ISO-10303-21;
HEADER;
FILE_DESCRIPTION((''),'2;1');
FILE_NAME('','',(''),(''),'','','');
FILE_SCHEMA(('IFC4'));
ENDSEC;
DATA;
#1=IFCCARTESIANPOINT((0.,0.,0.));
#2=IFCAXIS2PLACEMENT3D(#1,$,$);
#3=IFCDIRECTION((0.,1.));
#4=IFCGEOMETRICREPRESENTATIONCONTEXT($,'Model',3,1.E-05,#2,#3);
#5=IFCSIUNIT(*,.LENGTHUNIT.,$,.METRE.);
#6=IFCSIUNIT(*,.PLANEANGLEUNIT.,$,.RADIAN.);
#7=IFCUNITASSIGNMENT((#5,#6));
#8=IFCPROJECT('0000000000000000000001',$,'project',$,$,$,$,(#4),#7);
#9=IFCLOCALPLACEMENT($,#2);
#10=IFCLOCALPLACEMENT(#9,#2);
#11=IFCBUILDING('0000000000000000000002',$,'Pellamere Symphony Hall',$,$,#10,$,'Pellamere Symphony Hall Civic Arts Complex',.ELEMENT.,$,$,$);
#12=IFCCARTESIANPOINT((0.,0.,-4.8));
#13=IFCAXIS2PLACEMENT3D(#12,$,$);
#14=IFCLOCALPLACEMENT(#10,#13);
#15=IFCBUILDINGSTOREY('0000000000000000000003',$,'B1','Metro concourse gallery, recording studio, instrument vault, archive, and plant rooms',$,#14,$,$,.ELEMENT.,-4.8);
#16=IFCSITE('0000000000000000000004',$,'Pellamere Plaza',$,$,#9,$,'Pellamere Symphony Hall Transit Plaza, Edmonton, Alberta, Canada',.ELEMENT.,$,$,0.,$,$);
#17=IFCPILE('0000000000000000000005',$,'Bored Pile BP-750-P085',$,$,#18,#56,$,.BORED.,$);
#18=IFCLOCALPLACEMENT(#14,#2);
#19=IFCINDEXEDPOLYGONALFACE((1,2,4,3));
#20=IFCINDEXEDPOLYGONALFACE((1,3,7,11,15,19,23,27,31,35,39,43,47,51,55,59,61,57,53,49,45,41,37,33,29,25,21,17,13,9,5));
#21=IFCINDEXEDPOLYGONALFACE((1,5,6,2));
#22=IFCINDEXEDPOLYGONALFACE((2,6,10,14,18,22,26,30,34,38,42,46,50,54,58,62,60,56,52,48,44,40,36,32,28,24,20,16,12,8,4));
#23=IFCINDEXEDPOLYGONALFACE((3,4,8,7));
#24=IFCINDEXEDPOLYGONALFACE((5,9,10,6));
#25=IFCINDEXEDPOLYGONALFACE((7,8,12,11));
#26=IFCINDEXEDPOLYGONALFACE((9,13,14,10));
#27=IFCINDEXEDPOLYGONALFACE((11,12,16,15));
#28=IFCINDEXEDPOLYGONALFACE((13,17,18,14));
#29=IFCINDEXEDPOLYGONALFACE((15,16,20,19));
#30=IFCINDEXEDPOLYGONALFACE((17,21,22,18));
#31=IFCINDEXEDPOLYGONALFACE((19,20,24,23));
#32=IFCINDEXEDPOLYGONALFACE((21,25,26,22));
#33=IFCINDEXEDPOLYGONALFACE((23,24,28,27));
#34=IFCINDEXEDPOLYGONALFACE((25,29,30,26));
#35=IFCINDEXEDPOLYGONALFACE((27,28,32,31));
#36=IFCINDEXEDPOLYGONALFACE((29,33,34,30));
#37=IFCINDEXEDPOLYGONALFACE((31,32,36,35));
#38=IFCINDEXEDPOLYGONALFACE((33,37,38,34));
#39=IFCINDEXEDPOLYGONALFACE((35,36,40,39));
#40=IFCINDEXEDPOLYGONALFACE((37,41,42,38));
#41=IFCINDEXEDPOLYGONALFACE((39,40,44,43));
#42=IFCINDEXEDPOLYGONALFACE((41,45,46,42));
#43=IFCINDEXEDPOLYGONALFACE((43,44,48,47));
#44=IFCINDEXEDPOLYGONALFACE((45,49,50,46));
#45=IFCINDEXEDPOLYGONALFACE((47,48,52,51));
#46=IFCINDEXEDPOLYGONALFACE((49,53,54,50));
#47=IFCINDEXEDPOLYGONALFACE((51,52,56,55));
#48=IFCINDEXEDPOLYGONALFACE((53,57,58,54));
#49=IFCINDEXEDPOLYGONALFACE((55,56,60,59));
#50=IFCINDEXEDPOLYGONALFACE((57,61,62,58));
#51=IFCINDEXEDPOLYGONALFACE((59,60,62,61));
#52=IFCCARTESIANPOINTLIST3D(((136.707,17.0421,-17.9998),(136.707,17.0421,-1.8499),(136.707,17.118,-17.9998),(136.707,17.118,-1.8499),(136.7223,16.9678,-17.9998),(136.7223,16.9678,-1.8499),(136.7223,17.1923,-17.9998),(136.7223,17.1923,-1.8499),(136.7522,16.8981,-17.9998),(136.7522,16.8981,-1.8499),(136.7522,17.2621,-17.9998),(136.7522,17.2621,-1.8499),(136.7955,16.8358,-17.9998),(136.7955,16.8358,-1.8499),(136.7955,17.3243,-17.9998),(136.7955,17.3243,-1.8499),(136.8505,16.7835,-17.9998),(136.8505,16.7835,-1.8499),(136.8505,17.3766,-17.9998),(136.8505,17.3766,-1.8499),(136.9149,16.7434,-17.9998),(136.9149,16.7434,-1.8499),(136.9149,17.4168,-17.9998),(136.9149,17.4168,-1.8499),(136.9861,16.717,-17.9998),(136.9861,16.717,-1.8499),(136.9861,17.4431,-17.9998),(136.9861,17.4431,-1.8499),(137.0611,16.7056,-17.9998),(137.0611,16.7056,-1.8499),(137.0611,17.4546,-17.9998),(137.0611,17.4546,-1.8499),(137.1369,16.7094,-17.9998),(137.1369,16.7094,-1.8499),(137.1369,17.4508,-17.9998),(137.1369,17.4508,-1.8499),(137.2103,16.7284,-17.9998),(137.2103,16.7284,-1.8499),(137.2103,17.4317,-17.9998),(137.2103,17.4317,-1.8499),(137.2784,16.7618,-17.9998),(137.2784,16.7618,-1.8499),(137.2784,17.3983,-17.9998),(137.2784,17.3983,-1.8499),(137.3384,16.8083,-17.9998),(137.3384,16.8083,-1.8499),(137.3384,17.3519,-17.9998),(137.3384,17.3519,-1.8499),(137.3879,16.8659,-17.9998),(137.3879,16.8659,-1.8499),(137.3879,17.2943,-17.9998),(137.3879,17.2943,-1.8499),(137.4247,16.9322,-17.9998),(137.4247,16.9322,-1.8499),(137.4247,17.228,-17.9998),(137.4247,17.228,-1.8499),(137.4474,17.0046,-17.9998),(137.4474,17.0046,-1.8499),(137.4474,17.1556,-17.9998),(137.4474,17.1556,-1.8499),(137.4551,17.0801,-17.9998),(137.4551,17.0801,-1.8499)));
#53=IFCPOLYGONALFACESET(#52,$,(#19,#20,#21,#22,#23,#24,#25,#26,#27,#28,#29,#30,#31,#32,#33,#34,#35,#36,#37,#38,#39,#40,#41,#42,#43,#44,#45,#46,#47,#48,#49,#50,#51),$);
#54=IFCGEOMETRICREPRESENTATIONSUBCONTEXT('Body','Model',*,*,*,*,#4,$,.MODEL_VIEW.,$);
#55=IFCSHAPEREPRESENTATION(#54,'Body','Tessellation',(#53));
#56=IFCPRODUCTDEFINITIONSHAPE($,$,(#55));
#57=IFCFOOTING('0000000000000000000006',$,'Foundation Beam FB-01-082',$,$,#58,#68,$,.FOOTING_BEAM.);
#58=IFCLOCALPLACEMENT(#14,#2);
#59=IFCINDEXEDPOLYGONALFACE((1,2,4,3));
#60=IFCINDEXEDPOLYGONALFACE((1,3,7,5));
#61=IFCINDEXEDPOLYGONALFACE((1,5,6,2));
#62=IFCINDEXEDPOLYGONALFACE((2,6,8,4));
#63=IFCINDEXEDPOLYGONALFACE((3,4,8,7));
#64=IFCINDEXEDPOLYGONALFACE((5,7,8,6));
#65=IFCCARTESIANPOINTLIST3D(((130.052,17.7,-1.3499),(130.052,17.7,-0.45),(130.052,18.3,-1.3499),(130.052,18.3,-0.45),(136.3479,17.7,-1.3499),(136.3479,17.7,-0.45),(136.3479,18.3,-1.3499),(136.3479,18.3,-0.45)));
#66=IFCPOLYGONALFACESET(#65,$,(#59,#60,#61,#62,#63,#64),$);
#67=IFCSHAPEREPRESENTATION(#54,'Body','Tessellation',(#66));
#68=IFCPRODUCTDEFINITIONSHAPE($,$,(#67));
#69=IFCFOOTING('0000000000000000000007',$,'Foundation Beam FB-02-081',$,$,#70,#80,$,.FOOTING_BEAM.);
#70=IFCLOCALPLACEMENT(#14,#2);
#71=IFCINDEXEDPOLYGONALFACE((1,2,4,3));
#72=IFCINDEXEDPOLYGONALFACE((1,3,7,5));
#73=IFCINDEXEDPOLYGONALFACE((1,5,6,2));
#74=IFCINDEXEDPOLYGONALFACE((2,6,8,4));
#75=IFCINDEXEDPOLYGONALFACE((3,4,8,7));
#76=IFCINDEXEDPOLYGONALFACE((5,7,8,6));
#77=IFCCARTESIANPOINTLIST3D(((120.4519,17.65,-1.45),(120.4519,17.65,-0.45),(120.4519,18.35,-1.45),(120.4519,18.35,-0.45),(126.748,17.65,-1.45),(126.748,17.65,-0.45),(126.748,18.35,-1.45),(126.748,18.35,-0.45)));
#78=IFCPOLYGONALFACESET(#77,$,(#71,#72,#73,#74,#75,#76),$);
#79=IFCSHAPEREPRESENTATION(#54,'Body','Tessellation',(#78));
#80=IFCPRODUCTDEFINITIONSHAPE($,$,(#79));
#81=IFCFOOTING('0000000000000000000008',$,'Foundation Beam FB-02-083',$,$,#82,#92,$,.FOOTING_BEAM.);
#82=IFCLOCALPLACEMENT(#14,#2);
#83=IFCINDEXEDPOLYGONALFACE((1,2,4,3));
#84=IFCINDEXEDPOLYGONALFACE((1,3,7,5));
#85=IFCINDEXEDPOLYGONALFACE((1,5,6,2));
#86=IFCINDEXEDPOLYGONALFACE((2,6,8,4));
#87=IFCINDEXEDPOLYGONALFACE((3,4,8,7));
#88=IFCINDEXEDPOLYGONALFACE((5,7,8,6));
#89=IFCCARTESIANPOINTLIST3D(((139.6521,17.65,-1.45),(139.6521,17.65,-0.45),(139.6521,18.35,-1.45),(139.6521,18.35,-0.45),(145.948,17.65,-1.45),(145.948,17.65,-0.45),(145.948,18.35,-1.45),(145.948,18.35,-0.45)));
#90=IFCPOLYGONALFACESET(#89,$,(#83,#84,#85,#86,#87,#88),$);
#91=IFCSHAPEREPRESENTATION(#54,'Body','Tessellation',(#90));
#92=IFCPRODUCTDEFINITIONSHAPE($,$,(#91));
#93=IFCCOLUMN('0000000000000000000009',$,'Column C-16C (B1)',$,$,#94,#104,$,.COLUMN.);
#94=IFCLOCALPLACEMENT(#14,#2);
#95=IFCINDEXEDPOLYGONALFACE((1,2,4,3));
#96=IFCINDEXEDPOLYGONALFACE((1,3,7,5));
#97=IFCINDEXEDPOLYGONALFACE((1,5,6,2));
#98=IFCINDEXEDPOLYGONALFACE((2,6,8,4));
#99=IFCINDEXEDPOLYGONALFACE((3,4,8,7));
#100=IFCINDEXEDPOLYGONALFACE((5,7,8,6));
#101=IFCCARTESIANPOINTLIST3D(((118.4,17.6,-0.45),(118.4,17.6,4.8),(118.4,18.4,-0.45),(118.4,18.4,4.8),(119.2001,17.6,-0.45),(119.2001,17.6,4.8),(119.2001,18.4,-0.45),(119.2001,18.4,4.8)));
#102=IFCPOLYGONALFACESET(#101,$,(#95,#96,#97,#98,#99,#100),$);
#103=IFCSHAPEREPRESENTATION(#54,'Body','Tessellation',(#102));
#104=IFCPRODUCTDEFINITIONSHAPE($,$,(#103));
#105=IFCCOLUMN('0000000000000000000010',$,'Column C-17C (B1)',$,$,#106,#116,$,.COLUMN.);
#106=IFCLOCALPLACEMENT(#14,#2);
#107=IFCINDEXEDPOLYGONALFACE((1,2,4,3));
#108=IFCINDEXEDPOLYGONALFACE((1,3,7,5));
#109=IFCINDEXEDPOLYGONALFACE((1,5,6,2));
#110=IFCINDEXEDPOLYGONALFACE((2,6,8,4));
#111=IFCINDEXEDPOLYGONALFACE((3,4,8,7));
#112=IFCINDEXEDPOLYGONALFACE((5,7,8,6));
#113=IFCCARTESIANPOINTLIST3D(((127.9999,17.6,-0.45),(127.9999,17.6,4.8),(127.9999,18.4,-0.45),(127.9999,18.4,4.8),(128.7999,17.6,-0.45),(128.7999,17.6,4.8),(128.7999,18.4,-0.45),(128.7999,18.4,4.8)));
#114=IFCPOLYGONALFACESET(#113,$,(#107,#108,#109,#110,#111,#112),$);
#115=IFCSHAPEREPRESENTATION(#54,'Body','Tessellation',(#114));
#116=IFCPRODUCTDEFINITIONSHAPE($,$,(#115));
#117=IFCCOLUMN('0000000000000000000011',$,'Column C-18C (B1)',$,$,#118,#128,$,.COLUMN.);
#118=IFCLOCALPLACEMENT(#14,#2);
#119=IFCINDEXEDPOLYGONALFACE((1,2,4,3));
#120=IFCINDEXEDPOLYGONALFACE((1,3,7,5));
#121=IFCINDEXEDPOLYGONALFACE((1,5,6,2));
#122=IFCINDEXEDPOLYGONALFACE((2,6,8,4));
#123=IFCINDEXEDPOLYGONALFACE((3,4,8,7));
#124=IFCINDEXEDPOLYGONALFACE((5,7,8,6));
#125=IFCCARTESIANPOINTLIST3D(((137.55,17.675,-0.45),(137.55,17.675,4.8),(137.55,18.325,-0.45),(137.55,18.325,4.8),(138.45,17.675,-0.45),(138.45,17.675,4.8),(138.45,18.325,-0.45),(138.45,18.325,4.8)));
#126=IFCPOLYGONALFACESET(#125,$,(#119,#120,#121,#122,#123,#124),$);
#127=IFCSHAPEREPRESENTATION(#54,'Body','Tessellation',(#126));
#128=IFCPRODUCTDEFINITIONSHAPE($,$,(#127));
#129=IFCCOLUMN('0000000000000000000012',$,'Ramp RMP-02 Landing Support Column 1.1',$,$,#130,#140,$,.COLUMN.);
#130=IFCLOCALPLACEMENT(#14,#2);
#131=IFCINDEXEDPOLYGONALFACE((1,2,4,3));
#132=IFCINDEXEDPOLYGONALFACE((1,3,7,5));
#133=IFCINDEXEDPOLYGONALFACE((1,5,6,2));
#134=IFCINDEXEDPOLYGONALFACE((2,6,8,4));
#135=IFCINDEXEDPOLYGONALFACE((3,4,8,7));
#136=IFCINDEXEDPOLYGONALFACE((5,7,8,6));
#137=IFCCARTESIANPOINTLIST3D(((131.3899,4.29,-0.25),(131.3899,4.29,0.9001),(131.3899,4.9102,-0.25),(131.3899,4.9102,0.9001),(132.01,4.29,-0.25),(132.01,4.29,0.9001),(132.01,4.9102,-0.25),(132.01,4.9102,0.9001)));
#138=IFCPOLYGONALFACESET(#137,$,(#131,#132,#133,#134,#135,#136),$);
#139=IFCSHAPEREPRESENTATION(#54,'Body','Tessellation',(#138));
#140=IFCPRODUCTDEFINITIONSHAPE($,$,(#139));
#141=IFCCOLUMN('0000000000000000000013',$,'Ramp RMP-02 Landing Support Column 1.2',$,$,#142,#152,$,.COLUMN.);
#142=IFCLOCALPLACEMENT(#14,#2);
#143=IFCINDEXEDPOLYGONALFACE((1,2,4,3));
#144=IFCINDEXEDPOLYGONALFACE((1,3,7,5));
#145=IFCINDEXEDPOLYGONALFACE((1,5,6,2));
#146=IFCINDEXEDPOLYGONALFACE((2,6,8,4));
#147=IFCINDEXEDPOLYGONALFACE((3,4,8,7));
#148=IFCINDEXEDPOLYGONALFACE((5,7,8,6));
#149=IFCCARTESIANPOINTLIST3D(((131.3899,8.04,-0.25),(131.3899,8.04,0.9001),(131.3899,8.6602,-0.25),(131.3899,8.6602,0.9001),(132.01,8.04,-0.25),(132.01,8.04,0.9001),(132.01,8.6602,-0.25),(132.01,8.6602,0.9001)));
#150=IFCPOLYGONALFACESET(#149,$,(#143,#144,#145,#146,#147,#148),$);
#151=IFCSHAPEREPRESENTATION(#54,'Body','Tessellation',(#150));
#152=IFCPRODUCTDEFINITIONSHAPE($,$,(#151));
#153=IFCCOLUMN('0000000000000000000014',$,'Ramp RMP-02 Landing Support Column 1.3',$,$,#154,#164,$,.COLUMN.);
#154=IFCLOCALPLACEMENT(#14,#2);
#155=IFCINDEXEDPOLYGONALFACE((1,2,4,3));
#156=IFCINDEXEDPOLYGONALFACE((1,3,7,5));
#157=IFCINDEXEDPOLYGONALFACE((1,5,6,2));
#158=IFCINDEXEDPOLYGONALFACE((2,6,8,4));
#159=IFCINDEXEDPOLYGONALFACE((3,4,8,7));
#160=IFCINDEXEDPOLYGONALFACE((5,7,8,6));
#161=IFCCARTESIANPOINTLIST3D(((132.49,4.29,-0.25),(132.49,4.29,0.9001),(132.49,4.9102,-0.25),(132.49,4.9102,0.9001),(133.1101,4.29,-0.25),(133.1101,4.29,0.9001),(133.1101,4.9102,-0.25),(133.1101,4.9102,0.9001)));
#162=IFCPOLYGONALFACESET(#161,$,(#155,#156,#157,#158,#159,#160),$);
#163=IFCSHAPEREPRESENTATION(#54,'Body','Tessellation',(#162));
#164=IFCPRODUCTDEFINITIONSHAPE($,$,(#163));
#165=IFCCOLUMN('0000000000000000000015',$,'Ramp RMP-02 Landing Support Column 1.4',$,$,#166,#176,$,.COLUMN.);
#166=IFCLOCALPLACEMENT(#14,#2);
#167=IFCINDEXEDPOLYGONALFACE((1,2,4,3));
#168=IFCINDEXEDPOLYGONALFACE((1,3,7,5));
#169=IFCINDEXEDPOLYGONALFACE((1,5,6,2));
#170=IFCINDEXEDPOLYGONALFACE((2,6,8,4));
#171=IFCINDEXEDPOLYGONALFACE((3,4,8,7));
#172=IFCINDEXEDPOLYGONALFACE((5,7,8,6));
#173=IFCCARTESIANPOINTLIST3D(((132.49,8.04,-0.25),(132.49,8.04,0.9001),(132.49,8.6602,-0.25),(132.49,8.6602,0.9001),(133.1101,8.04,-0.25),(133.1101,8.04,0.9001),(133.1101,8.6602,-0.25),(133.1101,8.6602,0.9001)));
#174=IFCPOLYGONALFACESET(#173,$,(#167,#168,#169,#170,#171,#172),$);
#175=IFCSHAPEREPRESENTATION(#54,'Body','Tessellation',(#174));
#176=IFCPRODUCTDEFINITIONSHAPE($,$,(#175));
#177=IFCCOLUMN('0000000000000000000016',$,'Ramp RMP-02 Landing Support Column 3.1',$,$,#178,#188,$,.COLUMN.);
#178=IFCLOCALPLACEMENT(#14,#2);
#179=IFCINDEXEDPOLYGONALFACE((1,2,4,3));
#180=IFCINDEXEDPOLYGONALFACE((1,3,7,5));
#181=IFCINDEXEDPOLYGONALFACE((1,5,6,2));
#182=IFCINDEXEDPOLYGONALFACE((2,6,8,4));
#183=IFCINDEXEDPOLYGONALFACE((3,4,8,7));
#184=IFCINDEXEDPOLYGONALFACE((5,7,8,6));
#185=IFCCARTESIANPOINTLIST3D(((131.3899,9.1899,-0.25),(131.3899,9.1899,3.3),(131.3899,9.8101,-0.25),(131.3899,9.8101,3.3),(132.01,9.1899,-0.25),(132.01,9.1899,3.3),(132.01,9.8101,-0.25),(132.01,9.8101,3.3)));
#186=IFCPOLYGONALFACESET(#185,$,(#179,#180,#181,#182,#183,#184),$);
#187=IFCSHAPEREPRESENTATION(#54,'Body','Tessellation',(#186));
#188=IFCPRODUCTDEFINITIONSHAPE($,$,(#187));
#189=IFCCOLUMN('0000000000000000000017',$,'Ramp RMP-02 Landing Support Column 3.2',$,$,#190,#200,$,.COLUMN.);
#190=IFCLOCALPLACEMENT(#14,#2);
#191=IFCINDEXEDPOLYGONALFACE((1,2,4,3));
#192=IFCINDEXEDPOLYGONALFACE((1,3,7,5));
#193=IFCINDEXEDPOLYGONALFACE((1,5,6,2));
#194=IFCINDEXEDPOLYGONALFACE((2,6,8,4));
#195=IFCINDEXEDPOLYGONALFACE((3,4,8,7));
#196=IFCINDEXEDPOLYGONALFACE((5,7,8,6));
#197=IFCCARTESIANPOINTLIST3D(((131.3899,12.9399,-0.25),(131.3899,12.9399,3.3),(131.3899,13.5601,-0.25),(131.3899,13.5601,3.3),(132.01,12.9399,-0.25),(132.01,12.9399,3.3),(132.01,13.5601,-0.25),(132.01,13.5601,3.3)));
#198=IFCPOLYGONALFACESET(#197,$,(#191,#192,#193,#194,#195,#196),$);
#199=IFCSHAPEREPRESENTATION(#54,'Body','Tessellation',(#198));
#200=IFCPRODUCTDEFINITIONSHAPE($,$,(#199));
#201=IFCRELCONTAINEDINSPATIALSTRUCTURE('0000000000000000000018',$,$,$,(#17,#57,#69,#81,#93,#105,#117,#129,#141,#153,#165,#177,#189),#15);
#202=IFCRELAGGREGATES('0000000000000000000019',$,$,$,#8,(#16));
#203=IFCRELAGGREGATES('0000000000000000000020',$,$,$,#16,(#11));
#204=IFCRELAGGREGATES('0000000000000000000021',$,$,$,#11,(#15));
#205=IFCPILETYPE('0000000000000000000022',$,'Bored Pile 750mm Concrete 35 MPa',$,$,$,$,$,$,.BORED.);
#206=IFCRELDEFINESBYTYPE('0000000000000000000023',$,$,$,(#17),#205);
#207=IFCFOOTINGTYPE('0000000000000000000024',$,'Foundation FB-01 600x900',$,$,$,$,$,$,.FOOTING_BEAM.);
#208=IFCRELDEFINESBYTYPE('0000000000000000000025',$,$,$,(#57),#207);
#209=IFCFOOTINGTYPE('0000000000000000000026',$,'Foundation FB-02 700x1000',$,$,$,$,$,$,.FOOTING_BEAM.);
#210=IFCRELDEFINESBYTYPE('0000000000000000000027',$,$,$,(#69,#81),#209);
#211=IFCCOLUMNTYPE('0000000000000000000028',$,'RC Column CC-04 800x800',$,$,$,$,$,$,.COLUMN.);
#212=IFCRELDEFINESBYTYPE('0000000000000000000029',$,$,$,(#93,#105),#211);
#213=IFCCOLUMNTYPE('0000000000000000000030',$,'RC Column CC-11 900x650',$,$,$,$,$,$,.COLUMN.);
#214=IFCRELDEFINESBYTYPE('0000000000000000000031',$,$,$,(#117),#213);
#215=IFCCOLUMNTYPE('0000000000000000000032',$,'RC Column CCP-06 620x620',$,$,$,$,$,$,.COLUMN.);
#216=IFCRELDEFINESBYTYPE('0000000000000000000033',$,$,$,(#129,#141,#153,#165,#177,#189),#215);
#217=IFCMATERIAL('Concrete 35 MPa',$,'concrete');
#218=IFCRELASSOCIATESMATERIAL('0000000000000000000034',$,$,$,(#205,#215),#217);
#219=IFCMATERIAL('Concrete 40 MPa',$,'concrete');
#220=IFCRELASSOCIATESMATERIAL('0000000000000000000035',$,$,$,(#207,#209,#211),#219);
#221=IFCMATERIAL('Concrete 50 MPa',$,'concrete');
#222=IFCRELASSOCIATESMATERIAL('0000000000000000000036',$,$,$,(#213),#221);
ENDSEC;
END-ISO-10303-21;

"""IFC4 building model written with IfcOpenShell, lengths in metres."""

from ifc_helpers import new_model, si_unit, direction, frame, origin, origin_2d, place, context, subcontext, project, spatial, rectangle, circle, extrude, material, material_profile, profile_set, type_object, element, save


model = new_model("IFC4")

# Units and contexts
model_context = context("Model", 3, precision=1e-05, world=origin(), true_north=direction((0.0, 1.0)))
body_context = subcontext(model_context, "Body", "Model", "MODEL_VIEW")
ifc_project = project(units=[si_unit("LENGTHUNIT", "METRE"), si_unit("PLANEANGLEUNIT", "RADIAN")], contexts=[model_context])

# Site, building, storey
site_placement = place(None, origin())
site = spatial("IfcSite", under=ifc_project, at=site_placement, Name="Pellamere Plaza", LongName="Pellamere Symphony Hall Transit Plaza, Edmonton, Alberta, Canada", CompositionType="ELEMENT", RefElevation=0.0)
building_placement = place(site_placement, origin())
building = spatial("IfcBuilding", under=site, at=building_placement, Name="Pellamere Symphony Hall", LongName="Pellamere Symphony Hall Civic Arts Complex", CompositionType="ELEMENT")
storey_placement = place(building_placement, frame((0.0, 0.0, -4.8)))
storey = spatial("IfcBuildingStorey", under=building, at=storey_placement, Name="B1", Description="Metro concourse gallery, recording studio, instrument vault, archive, and plant rooms", CompositionType="ELEMENT", Elevation=-4.8)

# Pile
ifc_material_1 = material(Name="Concrete 35 MPa", Category="concrete")
ifc_material_profile_1 = material_profile(ifc_material_1, circle(Radius=0.375, at=origin_2d()), Name="PILE D750")
ifc_profile_set_1 = profile_set([ifc_material_profile_1], Name="Concrete 35 MPa")
pile_type = type_object("IfcPileType", Name="Bored Pile 750mm Concrete 35 MPa", PredefinedType="BORED", material=ifc_profile_set_1)
pile_1_placement = place(storey_placement, frame((137.0801, 17.0801, -1.8499), z_axis=(0.0, 0.0, -1.0), x_axis=(1.0, 0.0, 0.0)))
element("IfcPile", 1, at=pile_1_placement, inside=storey, type_object=pile_type, Name="Bored Pile BP-750-P085", PredefinedType="BORED", context=body_context, shape_type="SweptSolid", body=[
    extrude(circle(Radius=0.375, at=origin_2d()), origin(), (0.0, 0.0, 1.0), 16.1499),
])

# Footings
ifc_material_2 = material(Name="Concrete 40 MPa", Category="concrete")
ifc_material_profile_2 = material_profile(ifc_material_2, rectangle(XDim=0.6001, YDim=0.8999, at=origin_2d()), Name="RC 600x900")
ifc_profile_set_2 = profile_set([ifc_material_profile_2], Name="Concrete 40 MPa")
footing_type_1 = type_object("IfcFootingType", Name="Foundation FB-01 600x900", PredefinedType="FOOTING_BEAM", material=ifc_profile_set_2)
footing_1_placement = place(storey_placement, frame((130.052, 18.0, -0.8999), z_axis=(1.0, 0.0, 0.0), x_axis=(0.0, 1.0, 0.0)))
element("IfcFooting", 2, at=footing_1_placement, inside=storey, type_object=footing_type_1, Name="Foundation Beam FB-01-082", PredefinedType="FOOTING_BEAM", context=body_context, shape_type="SweptSolid", body=[
    extrude(rectangle(XDim=0.6001, YDim=0.8999, at=origin_2d()), origin(), (0.0, 0.0, 1.0), 6.2959),
])
ifc_material_profile_3 = material_profile(ifc_material_2, rectangle(XDim=0.7, YDim=1.0, at=origin_2d()), Name="RC 700x1000")
ifc_profile_set_3 = profile_set([ifc_material_profile_3], Name="Concrete 40 MPa")
footing_type_2 = type_object("IfcFootingType", Name="Foundation FB-02 700x1000", PredefinedType="FOOTING_BEAM", material=ifc_profile_set_3)
footing_2_placement = place(storey_placement, frame((120.4519, 18.0, -0.95), z_axis=(1.0, 0.0, 0.0), x_axis=(0.0, 1.0, 0.0)))
element("IfcFooting", 3, at=footing_2_placement, inside=storey, type_object=footing_type_2, Name="Foundation Beam FB-02-081", PredefinedType="FOOTING_BEAM", context=body_context, shape_type="SweptSolid", body=[
    extrude(rectangle(XDim=0.7, YDim=1.0, at=origin_2d()), origin(), (0.0, 0.0, 1.0), 6.2961),
])
footing_3_placement = place(storey_placement, frame((139.6521, 18.0, -0.95), z_axis=(1.0, 0.0, 0.0), x_axis=(0.0, 1.0, 0.0)))
element("IfcFooting", 4, at=footing_3_placement, inside=storey, type_object=footing_type_2, Name="Foundation Beam FB-02-083", PredefinedType="FOOTING_BEAM", context=body_context, shape_type="SweptSolid", body=[
    extrude(rectangle(XDim=0.7, YDim=1.0, at=origin_2d()), origin(), (0.0, 0.0, 1.0), 6.2959),
])

# Columns
ifc_material_profile_4 = material_profile(ifc_material_2, rectangle(XDim=0.8, YDim=0.8, at=origin_2d()), Name="RC 800x800")
ifc_profile_set_4 = profile_set([ifc_material_profile_4], Name="Concrete 40 MPa")
column_type_1 = type_object("IfcColumnType", Name="RC Column CC-04 800x800", PredefinedType="COLUMN", material=ifc_profile_set_4)
for number, where, z_axis, x_axis, name in (
    (5, (118.8, 18.0, -0.45), (0.0, 0.0, 1.0), (1.0, 0.0, 0.0), "Column C-16C (B1)"),
    (6, (128.3999, 18.0, -0.45), (0.0, 0.0, 1.0), (1.0, 0.0, 0.0), "Column C-17C (B1)"),
):
    element("IfcColumn", number, at=place(storey_placement, frame(where, z_axis=z_axis, x_axis=x_axis)), inside=storey, type_object=column_type_1, Name=name, PredefinedType="COLUMN", context=body_context, shape_type="SweptSolid", body=[
        extrude(rectangle(XDim=0.8, YDim=0.8, at=origin_2d()), origin(), (0.0, 0.0, 1.0), 5.25),
    ])
ifc_material_3 = material(Name="Concrete 50 MPa", Category="concrete")
ifc_material_profile_5 = material_profile(ifc_material_3, rectangle(XDim=0.8999, YDim=0.6499, at=origin_2d()), Name="RC 900x650")
ifc_profile_set_5 = profile_set([ifc_material_profile_5], Name="Concrete 50 MPa")
column_type_2 = type_object("IfcColumnType", Name="RC Column CC-11 900x650", PredefinedType="COLUMN", material=ifc_profile_set_5)
column_placement = place(storey_placement, frame((138.0, 18.0, -0.45), z_axis=(0.0, 0.0, 1.0), x_axis=(1.0, 0.0, 0.0)))
element("IfcColumn", 7, at=column_placement, inside=storey, type_object=column_type_2, Name="Column C-18C (B1)", PredefinedType="COLUMN", context=body_context, shape_type="SweptSolid", body=[
    extrude(rectangle(XDim=0.8999, YDim=0.6499, at=origin_2d()), origin(), (0.0, 0.0, 1.0), 5.25),
])
ifc_material_profile_6 = material_profile(ifc_material_1, rectangle(XDim=0.6201, YDim=0.6201, at=origin_2d()), Name="RC 620x620")
ifc_profile_set_6 = profile_set([ifc_material_profile_6], Name="Concrete 35 MPa")
column_type_3 = type_object("IfcColumnType", Name="RC Column CCP-06 620x620", PredefinedType="COLUMN", material=ifc_profile_set_6)
for number, where, z_axis, x_axis, name in (
    (8, (131.7, 4.6001, -0.25), (0.0, 0.0, 1.0), (1.0, 0.0, 0.0), "Ramp RMP-02 Landing Support Column 1.1"),
    (9, (131.7, 8.3501, -0.25), (0.0, 0.0, 1.0), (1.0, 0.0, 0.0), "Ramp RMP-02 Landing Support Column 1.2"),
    (10, (132.8, 4.6001, -0.25), (0.0, 0.0, 1.0), (1.0, 0.0, 0.0), "Ramp RMP-02 Landing Support Column 1.3"),
    (11, (132.8, 8.3501, -0.25), (0.0, 0.0, 1.0), (1.0, 0.0, 0.0), "Ramp RMP-02 Landing Support Column 1.4"),
):
    element("IfcColumn", number, at=place(storey_placement, frame(where, z_axis=z_axis, x_axis=x_axis)), inside=storey, type_object=column_type_3, Name=name, PredefinedType="COLUMN", context=body_context, shape_type="SweptSolid", body=[
        extrude(rectangle(XDim=0.6201, YDim=0.6201, at=origin_2d()), origin(), (0.0, 0.0, 1.0), 1.1501),
    ])
for number, where, z_axis, x_axis, name in (
    (12, (131.7, 9.5, -0.25), (0.0, 0.0, 1.0), (1.0, 0.0, 0.0), "Ramp RMP-02 Landing Support Column 3.1"),
    (13, (131.7, 13.25, -0.25), (0.0, 0.0, 1.0), (1.0, 0.0, 0.0), "Ramp RMP-02 Landing Support Column 3.2"),
):
    element("IfcColumn", number, at=place(storey_placement, frame(where, z_axis=z_axis, x_axis=x_axis)), inside=storey, type_object=column_type_3, Name=name, PredefinedType="COLUMN", context=body_context, shape_type="SweptSolid", body=[
        extrude(rectangle(XDim=0.6201, YDim=0.6201, at=origin_2d()), origin(), (0.0, 0.0, 1.0), 3.55),
    ])

save(model, "model.ifc")
